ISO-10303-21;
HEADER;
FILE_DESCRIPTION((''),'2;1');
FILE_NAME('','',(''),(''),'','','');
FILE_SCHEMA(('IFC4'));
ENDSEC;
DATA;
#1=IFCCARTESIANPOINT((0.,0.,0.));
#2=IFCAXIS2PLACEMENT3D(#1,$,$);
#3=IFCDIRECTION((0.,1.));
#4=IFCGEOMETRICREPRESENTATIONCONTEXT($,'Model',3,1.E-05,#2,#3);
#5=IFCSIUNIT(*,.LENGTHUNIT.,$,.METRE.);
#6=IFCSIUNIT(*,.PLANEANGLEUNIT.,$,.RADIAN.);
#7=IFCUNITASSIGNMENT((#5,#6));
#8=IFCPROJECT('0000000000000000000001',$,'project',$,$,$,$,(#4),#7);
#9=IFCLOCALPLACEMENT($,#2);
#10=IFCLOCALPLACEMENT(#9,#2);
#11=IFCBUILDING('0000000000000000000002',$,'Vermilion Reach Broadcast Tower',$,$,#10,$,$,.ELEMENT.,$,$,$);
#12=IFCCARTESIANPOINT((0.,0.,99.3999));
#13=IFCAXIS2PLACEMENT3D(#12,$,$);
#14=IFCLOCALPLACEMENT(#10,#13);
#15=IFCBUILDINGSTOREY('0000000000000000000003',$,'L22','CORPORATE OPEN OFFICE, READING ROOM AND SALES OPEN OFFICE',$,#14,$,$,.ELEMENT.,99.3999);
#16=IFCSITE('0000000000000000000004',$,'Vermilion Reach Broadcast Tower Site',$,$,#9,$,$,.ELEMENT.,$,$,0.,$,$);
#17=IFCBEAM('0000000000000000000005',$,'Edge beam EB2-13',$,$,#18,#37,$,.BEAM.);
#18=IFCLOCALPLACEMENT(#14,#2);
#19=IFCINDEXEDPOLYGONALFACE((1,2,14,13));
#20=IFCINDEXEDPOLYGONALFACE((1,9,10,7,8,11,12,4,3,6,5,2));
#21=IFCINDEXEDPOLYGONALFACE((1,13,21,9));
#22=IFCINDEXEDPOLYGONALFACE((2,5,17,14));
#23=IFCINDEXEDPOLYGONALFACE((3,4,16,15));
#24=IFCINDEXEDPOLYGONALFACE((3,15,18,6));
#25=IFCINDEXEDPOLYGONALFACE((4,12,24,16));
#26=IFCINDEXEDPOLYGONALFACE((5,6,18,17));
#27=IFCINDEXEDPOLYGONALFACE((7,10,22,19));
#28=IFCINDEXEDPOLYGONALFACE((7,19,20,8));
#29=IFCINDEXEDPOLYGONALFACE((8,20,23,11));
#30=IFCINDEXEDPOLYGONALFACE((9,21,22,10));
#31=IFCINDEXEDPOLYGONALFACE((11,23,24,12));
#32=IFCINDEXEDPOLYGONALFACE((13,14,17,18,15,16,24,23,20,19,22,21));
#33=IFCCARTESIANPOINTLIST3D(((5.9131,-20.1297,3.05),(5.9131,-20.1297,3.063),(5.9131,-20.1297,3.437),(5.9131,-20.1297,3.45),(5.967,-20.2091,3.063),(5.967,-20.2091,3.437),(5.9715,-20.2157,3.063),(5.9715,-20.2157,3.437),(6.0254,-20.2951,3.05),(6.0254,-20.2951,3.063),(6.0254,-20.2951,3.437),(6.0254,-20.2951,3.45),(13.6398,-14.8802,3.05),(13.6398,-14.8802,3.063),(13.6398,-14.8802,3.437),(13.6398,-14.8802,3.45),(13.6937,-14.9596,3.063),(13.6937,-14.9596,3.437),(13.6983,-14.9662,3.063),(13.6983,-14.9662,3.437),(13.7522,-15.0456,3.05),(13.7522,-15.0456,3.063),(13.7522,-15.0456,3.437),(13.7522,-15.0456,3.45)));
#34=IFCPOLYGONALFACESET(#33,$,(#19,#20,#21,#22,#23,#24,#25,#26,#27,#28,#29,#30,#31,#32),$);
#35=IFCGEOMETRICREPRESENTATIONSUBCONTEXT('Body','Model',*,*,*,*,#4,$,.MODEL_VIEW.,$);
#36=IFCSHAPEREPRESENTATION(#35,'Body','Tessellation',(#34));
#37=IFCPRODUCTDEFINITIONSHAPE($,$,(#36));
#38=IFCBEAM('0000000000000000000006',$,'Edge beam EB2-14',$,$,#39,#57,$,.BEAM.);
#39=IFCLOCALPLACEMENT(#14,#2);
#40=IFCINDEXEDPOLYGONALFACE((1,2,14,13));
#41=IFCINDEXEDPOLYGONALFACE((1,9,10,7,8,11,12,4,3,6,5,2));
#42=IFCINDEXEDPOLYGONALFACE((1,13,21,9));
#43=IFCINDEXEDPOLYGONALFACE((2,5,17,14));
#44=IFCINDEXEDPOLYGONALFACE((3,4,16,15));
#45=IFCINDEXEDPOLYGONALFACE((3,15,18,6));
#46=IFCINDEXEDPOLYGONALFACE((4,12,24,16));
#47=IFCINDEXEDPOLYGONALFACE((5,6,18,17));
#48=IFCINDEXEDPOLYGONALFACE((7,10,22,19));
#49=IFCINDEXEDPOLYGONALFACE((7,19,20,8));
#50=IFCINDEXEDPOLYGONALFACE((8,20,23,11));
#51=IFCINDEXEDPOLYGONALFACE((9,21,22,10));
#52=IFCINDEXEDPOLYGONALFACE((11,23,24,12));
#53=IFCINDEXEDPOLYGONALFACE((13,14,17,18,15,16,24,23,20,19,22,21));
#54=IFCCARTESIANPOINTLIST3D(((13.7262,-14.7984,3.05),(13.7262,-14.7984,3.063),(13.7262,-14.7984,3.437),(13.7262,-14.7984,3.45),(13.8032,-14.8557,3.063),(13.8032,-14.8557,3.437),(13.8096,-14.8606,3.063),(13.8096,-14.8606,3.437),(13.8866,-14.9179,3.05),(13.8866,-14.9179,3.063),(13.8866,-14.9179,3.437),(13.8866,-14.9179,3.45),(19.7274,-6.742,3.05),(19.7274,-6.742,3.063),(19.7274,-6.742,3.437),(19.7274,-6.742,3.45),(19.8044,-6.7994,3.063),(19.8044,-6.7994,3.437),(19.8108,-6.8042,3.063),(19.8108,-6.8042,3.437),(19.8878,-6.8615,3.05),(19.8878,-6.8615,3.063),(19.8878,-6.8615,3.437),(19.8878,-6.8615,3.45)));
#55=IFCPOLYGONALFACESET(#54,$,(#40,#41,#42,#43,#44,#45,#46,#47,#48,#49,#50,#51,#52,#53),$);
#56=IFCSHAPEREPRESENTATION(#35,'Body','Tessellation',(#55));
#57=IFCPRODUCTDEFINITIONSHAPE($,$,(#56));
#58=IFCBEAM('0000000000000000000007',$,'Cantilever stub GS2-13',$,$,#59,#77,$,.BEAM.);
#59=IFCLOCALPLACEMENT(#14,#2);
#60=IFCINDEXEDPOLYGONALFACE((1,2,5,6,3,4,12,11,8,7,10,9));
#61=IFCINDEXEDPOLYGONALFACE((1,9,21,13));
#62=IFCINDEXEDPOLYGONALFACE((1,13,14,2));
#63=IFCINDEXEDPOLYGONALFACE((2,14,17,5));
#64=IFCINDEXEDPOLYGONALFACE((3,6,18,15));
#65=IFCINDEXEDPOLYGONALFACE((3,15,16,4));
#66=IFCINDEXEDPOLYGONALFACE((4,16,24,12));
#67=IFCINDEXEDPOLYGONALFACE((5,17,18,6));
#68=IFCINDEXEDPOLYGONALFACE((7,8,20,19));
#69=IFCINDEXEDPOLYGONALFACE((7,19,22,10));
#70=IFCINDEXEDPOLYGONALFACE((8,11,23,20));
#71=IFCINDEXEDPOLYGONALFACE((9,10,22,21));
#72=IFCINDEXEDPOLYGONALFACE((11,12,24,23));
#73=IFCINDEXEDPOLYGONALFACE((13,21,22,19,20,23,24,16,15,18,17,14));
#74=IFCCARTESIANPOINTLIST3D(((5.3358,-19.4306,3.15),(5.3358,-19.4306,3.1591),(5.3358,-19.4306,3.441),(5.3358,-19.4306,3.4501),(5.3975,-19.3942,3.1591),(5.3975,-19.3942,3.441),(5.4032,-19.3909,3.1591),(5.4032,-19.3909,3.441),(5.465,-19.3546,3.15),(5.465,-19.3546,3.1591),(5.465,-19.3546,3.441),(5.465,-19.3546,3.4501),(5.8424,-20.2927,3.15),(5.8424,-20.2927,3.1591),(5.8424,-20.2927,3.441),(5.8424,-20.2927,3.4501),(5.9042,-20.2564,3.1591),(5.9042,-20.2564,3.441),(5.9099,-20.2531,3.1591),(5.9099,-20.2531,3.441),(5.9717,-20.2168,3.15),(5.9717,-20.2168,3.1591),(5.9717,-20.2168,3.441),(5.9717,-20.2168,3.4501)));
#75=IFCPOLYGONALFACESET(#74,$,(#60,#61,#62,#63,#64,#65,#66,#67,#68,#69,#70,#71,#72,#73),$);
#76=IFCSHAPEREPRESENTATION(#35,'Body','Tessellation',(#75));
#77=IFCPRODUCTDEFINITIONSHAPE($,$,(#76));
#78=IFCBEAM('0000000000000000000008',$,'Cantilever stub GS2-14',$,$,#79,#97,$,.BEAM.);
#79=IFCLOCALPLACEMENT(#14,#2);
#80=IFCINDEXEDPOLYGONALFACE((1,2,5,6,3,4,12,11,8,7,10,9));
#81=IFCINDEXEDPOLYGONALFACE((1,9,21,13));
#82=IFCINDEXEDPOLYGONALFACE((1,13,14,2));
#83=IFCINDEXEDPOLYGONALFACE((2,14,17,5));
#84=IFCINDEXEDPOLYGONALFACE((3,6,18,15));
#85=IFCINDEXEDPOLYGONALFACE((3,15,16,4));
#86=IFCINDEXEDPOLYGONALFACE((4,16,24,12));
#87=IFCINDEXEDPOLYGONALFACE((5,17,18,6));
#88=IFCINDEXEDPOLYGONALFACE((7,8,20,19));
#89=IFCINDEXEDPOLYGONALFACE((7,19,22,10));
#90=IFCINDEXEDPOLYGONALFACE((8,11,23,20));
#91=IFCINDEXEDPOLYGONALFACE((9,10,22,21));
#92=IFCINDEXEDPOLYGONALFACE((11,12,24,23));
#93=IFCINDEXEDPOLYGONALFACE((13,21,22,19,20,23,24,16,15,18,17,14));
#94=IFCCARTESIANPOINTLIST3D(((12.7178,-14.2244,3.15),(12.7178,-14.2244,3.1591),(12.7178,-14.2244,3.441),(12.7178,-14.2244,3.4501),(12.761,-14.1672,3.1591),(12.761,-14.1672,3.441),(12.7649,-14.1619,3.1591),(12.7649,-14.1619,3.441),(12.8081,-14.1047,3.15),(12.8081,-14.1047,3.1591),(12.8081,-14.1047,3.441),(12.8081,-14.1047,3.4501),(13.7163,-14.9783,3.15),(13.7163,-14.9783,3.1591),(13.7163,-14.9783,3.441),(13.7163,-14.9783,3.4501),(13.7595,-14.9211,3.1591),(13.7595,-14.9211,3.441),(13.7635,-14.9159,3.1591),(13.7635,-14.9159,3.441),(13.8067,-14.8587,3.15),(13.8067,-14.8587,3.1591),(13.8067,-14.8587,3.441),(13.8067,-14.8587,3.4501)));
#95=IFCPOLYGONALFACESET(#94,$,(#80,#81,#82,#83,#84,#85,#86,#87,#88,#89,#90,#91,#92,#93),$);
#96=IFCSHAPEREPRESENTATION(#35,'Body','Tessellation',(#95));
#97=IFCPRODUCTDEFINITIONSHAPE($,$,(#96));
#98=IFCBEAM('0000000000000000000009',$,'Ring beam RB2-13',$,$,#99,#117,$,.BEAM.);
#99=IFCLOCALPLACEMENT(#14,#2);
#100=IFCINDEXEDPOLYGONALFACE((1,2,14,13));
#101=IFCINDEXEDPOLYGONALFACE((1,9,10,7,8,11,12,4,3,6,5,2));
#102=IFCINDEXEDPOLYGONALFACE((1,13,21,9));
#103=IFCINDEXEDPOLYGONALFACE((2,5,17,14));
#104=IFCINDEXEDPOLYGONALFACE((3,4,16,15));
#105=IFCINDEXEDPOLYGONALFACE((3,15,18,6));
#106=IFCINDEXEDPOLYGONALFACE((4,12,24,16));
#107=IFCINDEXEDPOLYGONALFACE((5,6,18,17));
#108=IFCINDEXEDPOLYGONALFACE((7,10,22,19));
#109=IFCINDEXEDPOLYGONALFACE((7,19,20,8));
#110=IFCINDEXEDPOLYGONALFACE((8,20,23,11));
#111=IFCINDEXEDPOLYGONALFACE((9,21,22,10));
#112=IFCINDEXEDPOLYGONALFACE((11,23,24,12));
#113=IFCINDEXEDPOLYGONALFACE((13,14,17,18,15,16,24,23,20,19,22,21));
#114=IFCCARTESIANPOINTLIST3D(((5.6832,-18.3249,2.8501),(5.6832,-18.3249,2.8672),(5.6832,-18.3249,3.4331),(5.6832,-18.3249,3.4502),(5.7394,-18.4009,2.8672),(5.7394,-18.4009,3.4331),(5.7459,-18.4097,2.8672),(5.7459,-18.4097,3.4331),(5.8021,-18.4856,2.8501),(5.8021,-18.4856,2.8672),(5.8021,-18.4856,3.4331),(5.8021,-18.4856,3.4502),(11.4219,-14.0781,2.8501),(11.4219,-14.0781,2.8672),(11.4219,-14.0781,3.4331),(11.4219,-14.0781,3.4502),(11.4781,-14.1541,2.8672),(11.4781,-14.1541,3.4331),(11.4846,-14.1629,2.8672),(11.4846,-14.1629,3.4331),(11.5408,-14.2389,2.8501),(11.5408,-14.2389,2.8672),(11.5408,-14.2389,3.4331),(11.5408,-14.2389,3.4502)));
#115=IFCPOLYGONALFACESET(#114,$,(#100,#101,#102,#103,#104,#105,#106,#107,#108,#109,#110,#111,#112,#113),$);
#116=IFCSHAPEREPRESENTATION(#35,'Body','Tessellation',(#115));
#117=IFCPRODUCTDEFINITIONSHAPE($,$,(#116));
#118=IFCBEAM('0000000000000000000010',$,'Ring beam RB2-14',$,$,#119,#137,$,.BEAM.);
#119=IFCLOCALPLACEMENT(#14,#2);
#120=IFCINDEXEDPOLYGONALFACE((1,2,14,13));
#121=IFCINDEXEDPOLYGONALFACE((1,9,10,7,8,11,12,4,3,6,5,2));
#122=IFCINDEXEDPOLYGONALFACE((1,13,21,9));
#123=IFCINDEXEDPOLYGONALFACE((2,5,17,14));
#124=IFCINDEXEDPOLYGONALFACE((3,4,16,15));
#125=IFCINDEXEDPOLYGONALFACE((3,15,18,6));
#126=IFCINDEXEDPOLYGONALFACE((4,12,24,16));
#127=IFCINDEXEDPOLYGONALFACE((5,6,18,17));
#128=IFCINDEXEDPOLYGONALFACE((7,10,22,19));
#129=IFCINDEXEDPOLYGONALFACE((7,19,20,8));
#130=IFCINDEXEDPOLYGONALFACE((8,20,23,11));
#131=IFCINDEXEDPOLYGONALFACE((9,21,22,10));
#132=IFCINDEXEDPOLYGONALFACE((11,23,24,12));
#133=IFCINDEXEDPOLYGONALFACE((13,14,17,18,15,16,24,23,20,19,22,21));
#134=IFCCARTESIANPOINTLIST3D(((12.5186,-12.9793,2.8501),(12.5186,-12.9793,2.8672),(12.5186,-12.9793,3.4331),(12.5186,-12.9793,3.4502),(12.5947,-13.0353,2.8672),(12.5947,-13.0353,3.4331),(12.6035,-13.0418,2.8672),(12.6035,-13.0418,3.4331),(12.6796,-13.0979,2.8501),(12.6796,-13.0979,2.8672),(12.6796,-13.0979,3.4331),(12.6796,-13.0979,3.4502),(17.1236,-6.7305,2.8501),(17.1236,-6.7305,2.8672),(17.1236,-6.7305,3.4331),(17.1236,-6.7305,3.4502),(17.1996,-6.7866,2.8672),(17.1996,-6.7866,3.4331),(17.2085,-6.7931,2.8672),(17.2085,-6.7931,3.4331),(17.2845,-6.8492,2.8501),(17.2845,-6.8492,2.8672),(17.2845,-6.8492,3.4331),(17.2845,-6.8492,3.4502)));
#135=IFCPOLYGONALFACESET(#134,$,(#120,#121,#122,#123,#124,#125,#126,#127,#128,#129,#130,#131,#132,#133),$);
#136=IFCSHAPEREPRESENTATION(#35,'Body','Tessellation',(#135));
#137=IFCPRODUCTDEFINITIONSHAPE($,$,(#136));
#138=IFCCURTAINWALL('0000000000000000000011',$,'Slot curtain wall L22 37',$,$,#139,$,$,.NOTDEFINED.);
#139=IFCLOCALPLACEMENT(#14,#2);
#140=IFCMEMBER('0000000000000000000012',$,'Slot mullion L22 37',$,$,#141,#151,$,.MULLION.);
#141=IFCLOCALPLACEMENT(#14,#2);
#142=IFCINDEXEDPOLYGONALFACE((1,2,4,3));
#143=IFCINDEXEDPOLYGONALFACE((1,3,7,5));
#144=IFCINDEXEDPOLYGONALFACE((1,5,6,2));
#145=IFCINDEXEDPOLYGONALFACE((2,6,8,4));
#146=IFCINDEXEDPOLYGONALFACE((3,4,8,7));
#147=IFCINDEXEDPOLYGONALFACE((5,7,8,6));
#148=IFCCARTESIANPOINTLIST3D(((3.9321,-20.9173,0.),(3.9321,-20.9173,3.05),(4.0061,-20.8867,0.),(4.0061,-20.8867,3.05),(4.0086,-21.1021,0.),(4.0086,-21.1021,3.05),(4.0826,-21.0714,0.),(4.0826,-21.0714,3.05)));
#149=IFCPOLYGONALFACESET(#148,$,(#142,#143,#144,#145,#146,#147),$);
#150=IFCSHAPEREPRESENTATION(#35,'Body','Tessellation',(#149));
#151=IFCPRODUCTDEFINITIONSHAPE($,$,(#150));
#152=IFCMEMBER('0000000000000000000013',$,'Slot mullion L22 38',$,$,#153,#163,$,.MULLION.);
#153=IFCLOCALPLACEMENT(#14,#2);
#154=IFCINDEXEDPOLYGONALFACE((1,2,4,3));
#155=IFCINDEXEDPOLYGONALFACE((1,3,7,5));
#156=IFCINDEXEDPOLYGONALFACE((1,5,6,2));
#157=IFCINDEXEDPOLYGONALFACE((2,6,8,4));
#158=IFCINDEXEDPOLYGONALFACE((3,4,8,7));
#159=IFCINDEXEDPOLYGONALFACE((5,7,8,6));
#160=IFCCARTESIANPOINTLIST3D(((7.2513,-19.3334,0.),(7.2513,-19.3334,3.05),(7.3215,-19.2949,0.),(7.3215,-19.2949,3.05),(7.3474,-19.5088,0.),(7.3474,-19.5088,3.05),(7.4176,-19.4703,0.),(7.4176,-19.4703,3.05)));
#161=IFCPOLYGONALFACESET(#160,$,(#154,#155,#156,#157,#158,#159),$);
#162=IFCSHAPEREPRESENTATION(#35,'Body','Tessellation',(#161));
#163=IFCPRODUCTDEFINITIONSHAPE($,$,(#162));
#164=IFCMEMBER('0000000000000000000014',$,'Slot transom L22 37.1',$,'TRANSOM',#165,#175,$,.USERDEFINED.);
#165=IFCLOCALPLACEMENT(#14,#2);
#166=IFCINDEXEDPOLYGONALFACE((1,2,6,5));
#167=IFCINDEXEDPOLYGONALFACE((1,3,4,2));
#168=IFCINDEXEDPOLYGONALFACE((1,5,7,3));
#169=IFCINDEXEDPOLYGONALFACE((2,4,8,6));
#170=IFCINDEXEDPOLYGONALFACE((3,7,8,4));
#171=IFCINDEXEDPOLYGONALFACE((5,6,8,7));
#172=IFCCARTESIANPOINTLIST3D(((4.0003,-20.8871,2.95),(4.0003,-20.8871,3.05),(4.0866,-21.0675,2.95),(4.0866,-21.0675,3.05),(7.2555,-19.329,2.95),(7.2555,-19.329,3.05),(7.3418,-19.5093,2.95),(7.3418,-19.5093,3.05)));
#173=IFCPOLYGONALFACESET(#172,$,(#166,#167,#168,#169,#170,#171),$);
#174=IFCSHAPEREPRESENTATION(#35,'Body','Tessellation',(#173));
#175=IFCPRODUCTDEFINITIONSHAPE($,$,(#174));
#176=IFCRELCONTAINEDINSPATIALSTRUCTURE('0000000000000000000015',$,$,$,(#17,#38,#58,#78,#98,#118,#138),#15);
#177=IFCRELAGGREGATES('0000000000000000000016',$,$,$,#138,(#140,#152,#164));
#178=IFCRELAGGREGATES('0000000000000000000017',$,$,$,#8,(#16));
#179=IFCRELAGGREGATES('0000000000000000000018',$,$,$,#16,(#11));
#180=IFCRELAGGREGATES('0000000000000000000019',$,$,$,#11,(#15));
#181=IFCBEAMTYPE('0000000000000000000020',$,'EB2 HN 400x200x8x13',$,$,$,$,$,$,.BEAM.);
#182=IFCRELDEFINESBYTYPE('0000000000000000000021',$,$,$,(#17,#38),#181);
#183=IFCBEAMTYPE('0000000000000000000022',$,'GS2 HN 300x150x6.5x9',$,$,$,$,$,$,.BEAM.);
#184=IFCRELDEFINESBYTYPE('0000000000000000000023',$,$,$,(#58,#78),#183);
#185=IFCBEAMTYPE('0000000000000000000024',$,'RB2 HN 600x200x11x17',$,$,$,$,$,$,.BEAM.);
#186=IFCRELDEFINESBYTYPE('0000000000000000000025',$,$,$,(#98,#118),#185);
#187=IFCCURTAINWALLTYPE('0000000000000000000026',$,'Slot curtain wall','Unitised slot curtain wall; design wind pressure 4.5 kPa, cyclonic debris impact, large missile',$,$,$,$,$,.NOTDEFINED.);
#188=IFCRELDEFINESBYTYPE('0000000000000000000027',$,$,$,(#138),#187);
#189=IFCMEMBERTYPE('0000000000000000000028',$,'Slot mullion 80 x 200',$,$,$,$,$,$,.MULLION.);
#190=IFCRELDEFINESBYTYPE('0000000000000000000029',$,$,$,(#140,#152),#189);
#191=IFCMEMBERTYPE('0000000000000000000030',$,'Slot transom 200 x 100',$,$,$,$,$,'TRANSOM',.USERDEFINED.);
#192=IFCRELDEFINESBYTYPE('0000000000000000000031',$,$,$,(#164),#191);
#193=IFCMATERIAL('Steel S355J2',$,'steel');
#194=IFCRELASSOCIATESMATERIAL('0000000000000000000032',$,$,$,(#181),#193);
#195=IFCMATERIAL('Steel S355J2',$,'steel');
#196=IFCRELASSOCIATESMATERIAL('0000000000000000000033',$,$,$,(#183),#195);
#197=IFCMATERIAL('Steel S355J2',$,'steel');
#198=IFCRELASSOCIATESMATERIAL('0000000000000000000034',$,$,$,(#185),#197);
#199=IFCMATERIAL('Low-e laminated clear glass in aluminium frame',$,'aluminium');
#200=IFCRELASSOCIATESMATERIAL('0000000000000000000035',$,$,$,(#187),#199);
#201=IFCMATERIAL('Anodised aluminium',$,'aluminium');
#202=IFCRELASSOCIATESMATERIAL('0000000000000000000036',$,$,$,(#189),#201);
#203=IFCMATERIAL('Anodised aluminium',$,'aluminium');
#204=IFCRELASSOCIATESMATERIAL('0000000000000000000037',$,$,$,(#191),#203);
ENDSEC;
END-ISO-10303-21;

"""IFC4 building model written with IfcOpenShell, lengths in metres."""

from ifc_helpers import new_model, si_unit, direction, frame, origin, origin_2d, place, context, subcontext, project, spatial, rectangle, i_section, extrude, material, material_profile, profile_set, type_object, element, aggregate, save


model = new_model("IFC4")

# Units and contexts
model_context = context("Model", 3, precision=1e-05, world=origin(), true_north=direction((0.0, 1.0)))
body_context = subcontext(model_context, "Body", "Model", "MODEL_VIEW")
ifc_project = project(units=[si_unit("LENGTHUNIT", "METRE"), si_unit("PLANEANGLEUNIT", "RADIAN")], contexts=[model_context])

# Site, building, storey
site_placement = place(None, origin())
site = spatial("IfcSite", under=ifc_project, at=site_placement, Name="Vermilion Reach Broadcast Tower Site", CompositionType="ELEMENT", RefElevation=0.0)
building_placement = place(site_placement, origin())
building = spatial("IfcBuilding", under=site, at=building_placement, Name="Vermilion Reach Broadcast Tower", CompositionType="ELEMENT")
storey_placement = place(building_placement, frame((0.0, 0.0, 99.3999)))
storey = spatial("IfcBuildingStorey", under=building, at=storey_placement, Name="L22", Description="CORPORATE OPEN OFFICE, READING ROOM AND SALES OPEN OFFICE", CompositionType="ELEMENT", Elevation=99.3999)

# Beams
ifc_material_1 = material(Name="Steel S355J2", Category="steel")
ifc_material_profile_1 = material_profile(ifc_material_1, i_section(OverallWidth=0.2, OverallDepth=0.3999, WebThickness=0.0081, FlangeThickness=0.0129, at=origin_2d()), Name="S355J2 HN 400x200x8x13")
ifc_profile_set_1 = profile_set([ifc_material_profile_1], Name="Steel S355J2")
beam_type_1 = type_object("IfcBeamType", Name="EB2 HN 400x200x8x13", PredefinedType="BEAM", material=ifc_profile_set_1)
beam_1_placement = place(storey_placement, frame((5.9692, -20.2124, 3.25), z_axis=(0.827161, 0.561965, 0.0), x_axis=(-0.561965, 0.827161, 0.0)))
element("IfcBeam", 1, at=beam_1_placement, inside=storey, type_object=beam_type_1, Name="Edge beam EB2-13", PredefinedType="BEAM", context=body_context, shape_type="SweptSolid", body=[
    extrude(i_section(OverallWidth=0.2, OverallDepth=0.3999, WebThickness=0.0081, FlangeThickness=0.0129, at=origin_2d()), origin(), (0.0, 0.0, 1.0), 9.3413),
])
beam_2_placement = place(storey_placement, frame((13.8064, -14.8582, 3.25), z_axis=(0.59738, 0.801958, 0.0), x_axis=(-0.801958, 0.59738, 0.0)))
element("IfcBeam", 2, at=beam_2_placement, inside=storey, type_object=beam_type_1, Name="Edge beam EB2-14", PredefinedType="BEAM", context=body_context, shape_type="SweptSolid", body=[
    extrude(i_section(OverallWidth=0.2, OverallDepth=0.3999, WebThickness=0.0081, FlangeThickness=0.0129, at=origin_2d()), origin(), (0.0, 0.0, 1.0), 10.0459),
])
ifc_material_2 = material(Name="Steel S355J2", Category="steel")
ifc_material_profile_2 = material_profile(ifc_material_2, i_section(OverallWidth=0.1499, OverallDepth=0.3, WebThickness=0.0066, FlangeThickness=0.009, at=origin_2d()), Name="S355J2 HN 300x150x6.5x9")
ifc_profile_set_2 = profile_set([ifc_material_profile_2], Name="Steel S355J2")
beam_type_2 = type_object("IfcBeamType", Name="GS2 HN 300x150x6.5x9", PredefinedType="BEAM", material=ifc_profile_set_2)
beam_3_placement = place(storey_placement, frame((5.4004, -19.3926, 3.3), z_axis=(0.506647, -0.862154, 0.0), x_axis=(0.862154, 0.506647, 0.0)))
element("IfcBeam", 3, at=beam_3_placement, inside=storey, type_object=beam_type_2, Name="Cantilever stub GS2-13", PredefinedType="BEAM", context=body_context, shape_type="SweptSolid", body=[
    extrude(i_section(OverallWidth=0.1499, OverallDepth=0.3, WebThickness=0.0066, FlangeThickness=0.009, at=origin_2d()), origin(), (0.0, 0.0, 1.0), 1.0),
])
beam_4_placement = place(storey_placement, frame((12.7629, -14.1646, 3.3), z_axis=(0.798076, -0.602557, 0.0), x_axis=(0.602557, 0.798076, 0.0)))
element("IfcBeam", 4, at=beam_4_placement, inside=storey, type_object=beam_type_2, Name="Cantilever stub GS2-14", PredefinedType="BEAM", context=body_context, shape_type="SweptSolid", body=[
    extrude(i_section(OverallWidth=0.1499, OverallDepth=0.3, WebThickness=0.0066, FlangeThickness=0.009, at=origin_2d()), origin(), (0.0, 0.0, 1.0), 1.2512),
])
ifc_material_3 = material(Name="Steel S355J2", Category="steel")
ifc_material_profile_3 = material_profile(ifc_material_3, i_section(OverallWidth=0.2, OverallDepth=0.6001, WebThickness=0.011, FlangeThickness=0.0171, at=origin_2d()), Name="S355J2 HN 600x200x11x17")
ifc_profile_set_3 = profile_set([ifc_material_profile_3], Name="Steel S355J2")
beam_type_3 = type_object("IfcBeamType", Name="RB2 HN 600x200x11x17", PredefinedType="BEAM", material=ifc_profile_set_3)
beam_5_placement = place(storey_placement, frame((5.7427, -18.4053, 3.1501), z_axis=(0.803833, 0.594855, 0.0), x_axis=(-0.594855, 0.803833, 0.0)))
element("IfcBeam", 5, at=beam_5_placement, inside=storey, type_object=beam_type_3, Name="Ring beam RB2-13", PredefinedType="BEAM", context=body_context, shape_type="SweptSolid", body=[
    extrude(i_section(OverallWidth=0.2, OverallDepth=0.6001, WebThickness=0.011, FlangeThickness=0.0171, at=origin_2d()), origin(), (0.0, 0.0, 1.0), 7.1392),
])
beam_6_placement = place(storey_placement, frame((12.5991, -13.0386, 3.1501), z_axis=(0.593251, 0.805018, 0.0), x_axis=(-0.805018, 0.593251, 0.0)))
element("IfcBeam", 6, at=beam_6_placement, inside=storey, type_object=beam_type_3, Name="Ring beam RB2-14", PredefinedType="BEAM", context=body_context, shape_type="SweptSolid", body=[
    extrude(i_section(OverallWidth=0.2, OverallDepth=0.6001, WebThickness=0.011, FlangeThickness=0.0171, at=origin_2d()), origin(), (0.0, 0.0, 1.0), 7.7622),
])

# Curtain wall, members
ifc_material_4 = material(Name="Low-e laminated clear glass in aluminium frame", Category="aluminium")
curtain_wall_type = type_object("IfcCurtainWallType", Name="Slot curtain wall", Description="Unitised slot curtain wall; design wind pressure 4.5 kPa, cyclonic debris impact, large missile", PredefinedType="NOTDEFINED", material=ifc_material_4)
curtain_wall_placement = place(storey_placement, origin())
curtain_wall = element("IfcCurtainWall", 7, at=curtain_wall_placement, inside=storey, type_object=curtain_wall_type, Name="Slot curtain wall L22 37", PredefinedType="NOTDEFINED")
ifc_material_5 = material(Name="Anodised aluminium", Category="aluminium")
ifc_material_profile_4 = material_profile(ifc_material_5, rectangle(XDim=0.2, YDim=0.0801, at=origin_2d()), Name="Slot mullion 80 x 200")
ifc_profile_set_4 = profile_set([ifc_material_profile_4], Name="Anodised aluminium")
member_type_1 = type_object("IfcMemberType", Name="Slot mullion 80 x 200", PredefinedType="MULLION", material=ifc_profile_set_4)
member_1_placement = place(storey_placement, frame((4.0073, -20.9944, 0.0), z_axis=(0.0, 0.0, 1.0), x_axis=(-0.382457, 0.923973, 0.0)))
member_1 = element("IfcMember", 8, at=member_1_placement, type_object=member_type_1, Name="Slot mullion L22 37", PredefinedType="MULLION", context=body_context, shape_type="SweptSolid", body=[
    extrude(rectangle(XDim=0.2, YDim=0.0801, at=origin_2d()), origin(), (0.0, 0.0, 1.0), 3.05),
])
member_2_placement = place(storey_placement, frame((7.3345, -19.4019, 0.0), z_axis=(0.0, 0.0, 1.0), x_axis=(-0.480545, 0.87697, 0.0)))
member_2 = element("IfcMember", 9, at=member_2_placement, type_object=member_type_1, Name="Slot mullion L22 38", PredefinedType="MULLION", context=body_context, shape_type="SweptSolid", body=[
    extrude(rectangle(XDim=0.2, YDim=0.0801, at=origin_2d()), origin(), (0.0, 0.0, 1.0), 3.05),
])
ifc_material_6 = material(Name="Anodised aluminium", Category="aluminium")
ifc_material_profile_5 = material_profile(ifc_material_6, rectangle(XDim=0.2, YDim=0.1001, at=origin_2d()), Name="Slot transom 200 x 100")
ifc_profile_set_5 = profile_set([ifc_material_profile_5], Name="Anodised aluminium")
member_type_2 = type_object("IfcMemberType", Name="Slot transom 200 x 100", ElementType="TRANSOM", PredefinedType="USERDEFINED", material=ifc_profile_set_5)
member_3_placement = place(storey_placement, frame((4.0435, -20.9773, 3.0), z_axis=(0.901993, 0.43175, 0.0), x_axis=(-0.43175, 0.901993, 0.0)))
member_3 = element("IfcMember", 10, at=member_3_placement, type_object=member_type_2, Name="Slot transom L22 37.1", ObjectType="TRANSOM", PredefinedType="USERDEFINED", context=body_context, shape_type="SweptSolid", body=[
    extrude(rectangle(XDim=0.2, YDim=0.1001, at=origin_2d()), origin(), (0.0, 0.0, 1.0), 3.6089),
])
aggregate(curtain_wall, [member_1, member_2, member_3])

save(model, "model.ifc")
